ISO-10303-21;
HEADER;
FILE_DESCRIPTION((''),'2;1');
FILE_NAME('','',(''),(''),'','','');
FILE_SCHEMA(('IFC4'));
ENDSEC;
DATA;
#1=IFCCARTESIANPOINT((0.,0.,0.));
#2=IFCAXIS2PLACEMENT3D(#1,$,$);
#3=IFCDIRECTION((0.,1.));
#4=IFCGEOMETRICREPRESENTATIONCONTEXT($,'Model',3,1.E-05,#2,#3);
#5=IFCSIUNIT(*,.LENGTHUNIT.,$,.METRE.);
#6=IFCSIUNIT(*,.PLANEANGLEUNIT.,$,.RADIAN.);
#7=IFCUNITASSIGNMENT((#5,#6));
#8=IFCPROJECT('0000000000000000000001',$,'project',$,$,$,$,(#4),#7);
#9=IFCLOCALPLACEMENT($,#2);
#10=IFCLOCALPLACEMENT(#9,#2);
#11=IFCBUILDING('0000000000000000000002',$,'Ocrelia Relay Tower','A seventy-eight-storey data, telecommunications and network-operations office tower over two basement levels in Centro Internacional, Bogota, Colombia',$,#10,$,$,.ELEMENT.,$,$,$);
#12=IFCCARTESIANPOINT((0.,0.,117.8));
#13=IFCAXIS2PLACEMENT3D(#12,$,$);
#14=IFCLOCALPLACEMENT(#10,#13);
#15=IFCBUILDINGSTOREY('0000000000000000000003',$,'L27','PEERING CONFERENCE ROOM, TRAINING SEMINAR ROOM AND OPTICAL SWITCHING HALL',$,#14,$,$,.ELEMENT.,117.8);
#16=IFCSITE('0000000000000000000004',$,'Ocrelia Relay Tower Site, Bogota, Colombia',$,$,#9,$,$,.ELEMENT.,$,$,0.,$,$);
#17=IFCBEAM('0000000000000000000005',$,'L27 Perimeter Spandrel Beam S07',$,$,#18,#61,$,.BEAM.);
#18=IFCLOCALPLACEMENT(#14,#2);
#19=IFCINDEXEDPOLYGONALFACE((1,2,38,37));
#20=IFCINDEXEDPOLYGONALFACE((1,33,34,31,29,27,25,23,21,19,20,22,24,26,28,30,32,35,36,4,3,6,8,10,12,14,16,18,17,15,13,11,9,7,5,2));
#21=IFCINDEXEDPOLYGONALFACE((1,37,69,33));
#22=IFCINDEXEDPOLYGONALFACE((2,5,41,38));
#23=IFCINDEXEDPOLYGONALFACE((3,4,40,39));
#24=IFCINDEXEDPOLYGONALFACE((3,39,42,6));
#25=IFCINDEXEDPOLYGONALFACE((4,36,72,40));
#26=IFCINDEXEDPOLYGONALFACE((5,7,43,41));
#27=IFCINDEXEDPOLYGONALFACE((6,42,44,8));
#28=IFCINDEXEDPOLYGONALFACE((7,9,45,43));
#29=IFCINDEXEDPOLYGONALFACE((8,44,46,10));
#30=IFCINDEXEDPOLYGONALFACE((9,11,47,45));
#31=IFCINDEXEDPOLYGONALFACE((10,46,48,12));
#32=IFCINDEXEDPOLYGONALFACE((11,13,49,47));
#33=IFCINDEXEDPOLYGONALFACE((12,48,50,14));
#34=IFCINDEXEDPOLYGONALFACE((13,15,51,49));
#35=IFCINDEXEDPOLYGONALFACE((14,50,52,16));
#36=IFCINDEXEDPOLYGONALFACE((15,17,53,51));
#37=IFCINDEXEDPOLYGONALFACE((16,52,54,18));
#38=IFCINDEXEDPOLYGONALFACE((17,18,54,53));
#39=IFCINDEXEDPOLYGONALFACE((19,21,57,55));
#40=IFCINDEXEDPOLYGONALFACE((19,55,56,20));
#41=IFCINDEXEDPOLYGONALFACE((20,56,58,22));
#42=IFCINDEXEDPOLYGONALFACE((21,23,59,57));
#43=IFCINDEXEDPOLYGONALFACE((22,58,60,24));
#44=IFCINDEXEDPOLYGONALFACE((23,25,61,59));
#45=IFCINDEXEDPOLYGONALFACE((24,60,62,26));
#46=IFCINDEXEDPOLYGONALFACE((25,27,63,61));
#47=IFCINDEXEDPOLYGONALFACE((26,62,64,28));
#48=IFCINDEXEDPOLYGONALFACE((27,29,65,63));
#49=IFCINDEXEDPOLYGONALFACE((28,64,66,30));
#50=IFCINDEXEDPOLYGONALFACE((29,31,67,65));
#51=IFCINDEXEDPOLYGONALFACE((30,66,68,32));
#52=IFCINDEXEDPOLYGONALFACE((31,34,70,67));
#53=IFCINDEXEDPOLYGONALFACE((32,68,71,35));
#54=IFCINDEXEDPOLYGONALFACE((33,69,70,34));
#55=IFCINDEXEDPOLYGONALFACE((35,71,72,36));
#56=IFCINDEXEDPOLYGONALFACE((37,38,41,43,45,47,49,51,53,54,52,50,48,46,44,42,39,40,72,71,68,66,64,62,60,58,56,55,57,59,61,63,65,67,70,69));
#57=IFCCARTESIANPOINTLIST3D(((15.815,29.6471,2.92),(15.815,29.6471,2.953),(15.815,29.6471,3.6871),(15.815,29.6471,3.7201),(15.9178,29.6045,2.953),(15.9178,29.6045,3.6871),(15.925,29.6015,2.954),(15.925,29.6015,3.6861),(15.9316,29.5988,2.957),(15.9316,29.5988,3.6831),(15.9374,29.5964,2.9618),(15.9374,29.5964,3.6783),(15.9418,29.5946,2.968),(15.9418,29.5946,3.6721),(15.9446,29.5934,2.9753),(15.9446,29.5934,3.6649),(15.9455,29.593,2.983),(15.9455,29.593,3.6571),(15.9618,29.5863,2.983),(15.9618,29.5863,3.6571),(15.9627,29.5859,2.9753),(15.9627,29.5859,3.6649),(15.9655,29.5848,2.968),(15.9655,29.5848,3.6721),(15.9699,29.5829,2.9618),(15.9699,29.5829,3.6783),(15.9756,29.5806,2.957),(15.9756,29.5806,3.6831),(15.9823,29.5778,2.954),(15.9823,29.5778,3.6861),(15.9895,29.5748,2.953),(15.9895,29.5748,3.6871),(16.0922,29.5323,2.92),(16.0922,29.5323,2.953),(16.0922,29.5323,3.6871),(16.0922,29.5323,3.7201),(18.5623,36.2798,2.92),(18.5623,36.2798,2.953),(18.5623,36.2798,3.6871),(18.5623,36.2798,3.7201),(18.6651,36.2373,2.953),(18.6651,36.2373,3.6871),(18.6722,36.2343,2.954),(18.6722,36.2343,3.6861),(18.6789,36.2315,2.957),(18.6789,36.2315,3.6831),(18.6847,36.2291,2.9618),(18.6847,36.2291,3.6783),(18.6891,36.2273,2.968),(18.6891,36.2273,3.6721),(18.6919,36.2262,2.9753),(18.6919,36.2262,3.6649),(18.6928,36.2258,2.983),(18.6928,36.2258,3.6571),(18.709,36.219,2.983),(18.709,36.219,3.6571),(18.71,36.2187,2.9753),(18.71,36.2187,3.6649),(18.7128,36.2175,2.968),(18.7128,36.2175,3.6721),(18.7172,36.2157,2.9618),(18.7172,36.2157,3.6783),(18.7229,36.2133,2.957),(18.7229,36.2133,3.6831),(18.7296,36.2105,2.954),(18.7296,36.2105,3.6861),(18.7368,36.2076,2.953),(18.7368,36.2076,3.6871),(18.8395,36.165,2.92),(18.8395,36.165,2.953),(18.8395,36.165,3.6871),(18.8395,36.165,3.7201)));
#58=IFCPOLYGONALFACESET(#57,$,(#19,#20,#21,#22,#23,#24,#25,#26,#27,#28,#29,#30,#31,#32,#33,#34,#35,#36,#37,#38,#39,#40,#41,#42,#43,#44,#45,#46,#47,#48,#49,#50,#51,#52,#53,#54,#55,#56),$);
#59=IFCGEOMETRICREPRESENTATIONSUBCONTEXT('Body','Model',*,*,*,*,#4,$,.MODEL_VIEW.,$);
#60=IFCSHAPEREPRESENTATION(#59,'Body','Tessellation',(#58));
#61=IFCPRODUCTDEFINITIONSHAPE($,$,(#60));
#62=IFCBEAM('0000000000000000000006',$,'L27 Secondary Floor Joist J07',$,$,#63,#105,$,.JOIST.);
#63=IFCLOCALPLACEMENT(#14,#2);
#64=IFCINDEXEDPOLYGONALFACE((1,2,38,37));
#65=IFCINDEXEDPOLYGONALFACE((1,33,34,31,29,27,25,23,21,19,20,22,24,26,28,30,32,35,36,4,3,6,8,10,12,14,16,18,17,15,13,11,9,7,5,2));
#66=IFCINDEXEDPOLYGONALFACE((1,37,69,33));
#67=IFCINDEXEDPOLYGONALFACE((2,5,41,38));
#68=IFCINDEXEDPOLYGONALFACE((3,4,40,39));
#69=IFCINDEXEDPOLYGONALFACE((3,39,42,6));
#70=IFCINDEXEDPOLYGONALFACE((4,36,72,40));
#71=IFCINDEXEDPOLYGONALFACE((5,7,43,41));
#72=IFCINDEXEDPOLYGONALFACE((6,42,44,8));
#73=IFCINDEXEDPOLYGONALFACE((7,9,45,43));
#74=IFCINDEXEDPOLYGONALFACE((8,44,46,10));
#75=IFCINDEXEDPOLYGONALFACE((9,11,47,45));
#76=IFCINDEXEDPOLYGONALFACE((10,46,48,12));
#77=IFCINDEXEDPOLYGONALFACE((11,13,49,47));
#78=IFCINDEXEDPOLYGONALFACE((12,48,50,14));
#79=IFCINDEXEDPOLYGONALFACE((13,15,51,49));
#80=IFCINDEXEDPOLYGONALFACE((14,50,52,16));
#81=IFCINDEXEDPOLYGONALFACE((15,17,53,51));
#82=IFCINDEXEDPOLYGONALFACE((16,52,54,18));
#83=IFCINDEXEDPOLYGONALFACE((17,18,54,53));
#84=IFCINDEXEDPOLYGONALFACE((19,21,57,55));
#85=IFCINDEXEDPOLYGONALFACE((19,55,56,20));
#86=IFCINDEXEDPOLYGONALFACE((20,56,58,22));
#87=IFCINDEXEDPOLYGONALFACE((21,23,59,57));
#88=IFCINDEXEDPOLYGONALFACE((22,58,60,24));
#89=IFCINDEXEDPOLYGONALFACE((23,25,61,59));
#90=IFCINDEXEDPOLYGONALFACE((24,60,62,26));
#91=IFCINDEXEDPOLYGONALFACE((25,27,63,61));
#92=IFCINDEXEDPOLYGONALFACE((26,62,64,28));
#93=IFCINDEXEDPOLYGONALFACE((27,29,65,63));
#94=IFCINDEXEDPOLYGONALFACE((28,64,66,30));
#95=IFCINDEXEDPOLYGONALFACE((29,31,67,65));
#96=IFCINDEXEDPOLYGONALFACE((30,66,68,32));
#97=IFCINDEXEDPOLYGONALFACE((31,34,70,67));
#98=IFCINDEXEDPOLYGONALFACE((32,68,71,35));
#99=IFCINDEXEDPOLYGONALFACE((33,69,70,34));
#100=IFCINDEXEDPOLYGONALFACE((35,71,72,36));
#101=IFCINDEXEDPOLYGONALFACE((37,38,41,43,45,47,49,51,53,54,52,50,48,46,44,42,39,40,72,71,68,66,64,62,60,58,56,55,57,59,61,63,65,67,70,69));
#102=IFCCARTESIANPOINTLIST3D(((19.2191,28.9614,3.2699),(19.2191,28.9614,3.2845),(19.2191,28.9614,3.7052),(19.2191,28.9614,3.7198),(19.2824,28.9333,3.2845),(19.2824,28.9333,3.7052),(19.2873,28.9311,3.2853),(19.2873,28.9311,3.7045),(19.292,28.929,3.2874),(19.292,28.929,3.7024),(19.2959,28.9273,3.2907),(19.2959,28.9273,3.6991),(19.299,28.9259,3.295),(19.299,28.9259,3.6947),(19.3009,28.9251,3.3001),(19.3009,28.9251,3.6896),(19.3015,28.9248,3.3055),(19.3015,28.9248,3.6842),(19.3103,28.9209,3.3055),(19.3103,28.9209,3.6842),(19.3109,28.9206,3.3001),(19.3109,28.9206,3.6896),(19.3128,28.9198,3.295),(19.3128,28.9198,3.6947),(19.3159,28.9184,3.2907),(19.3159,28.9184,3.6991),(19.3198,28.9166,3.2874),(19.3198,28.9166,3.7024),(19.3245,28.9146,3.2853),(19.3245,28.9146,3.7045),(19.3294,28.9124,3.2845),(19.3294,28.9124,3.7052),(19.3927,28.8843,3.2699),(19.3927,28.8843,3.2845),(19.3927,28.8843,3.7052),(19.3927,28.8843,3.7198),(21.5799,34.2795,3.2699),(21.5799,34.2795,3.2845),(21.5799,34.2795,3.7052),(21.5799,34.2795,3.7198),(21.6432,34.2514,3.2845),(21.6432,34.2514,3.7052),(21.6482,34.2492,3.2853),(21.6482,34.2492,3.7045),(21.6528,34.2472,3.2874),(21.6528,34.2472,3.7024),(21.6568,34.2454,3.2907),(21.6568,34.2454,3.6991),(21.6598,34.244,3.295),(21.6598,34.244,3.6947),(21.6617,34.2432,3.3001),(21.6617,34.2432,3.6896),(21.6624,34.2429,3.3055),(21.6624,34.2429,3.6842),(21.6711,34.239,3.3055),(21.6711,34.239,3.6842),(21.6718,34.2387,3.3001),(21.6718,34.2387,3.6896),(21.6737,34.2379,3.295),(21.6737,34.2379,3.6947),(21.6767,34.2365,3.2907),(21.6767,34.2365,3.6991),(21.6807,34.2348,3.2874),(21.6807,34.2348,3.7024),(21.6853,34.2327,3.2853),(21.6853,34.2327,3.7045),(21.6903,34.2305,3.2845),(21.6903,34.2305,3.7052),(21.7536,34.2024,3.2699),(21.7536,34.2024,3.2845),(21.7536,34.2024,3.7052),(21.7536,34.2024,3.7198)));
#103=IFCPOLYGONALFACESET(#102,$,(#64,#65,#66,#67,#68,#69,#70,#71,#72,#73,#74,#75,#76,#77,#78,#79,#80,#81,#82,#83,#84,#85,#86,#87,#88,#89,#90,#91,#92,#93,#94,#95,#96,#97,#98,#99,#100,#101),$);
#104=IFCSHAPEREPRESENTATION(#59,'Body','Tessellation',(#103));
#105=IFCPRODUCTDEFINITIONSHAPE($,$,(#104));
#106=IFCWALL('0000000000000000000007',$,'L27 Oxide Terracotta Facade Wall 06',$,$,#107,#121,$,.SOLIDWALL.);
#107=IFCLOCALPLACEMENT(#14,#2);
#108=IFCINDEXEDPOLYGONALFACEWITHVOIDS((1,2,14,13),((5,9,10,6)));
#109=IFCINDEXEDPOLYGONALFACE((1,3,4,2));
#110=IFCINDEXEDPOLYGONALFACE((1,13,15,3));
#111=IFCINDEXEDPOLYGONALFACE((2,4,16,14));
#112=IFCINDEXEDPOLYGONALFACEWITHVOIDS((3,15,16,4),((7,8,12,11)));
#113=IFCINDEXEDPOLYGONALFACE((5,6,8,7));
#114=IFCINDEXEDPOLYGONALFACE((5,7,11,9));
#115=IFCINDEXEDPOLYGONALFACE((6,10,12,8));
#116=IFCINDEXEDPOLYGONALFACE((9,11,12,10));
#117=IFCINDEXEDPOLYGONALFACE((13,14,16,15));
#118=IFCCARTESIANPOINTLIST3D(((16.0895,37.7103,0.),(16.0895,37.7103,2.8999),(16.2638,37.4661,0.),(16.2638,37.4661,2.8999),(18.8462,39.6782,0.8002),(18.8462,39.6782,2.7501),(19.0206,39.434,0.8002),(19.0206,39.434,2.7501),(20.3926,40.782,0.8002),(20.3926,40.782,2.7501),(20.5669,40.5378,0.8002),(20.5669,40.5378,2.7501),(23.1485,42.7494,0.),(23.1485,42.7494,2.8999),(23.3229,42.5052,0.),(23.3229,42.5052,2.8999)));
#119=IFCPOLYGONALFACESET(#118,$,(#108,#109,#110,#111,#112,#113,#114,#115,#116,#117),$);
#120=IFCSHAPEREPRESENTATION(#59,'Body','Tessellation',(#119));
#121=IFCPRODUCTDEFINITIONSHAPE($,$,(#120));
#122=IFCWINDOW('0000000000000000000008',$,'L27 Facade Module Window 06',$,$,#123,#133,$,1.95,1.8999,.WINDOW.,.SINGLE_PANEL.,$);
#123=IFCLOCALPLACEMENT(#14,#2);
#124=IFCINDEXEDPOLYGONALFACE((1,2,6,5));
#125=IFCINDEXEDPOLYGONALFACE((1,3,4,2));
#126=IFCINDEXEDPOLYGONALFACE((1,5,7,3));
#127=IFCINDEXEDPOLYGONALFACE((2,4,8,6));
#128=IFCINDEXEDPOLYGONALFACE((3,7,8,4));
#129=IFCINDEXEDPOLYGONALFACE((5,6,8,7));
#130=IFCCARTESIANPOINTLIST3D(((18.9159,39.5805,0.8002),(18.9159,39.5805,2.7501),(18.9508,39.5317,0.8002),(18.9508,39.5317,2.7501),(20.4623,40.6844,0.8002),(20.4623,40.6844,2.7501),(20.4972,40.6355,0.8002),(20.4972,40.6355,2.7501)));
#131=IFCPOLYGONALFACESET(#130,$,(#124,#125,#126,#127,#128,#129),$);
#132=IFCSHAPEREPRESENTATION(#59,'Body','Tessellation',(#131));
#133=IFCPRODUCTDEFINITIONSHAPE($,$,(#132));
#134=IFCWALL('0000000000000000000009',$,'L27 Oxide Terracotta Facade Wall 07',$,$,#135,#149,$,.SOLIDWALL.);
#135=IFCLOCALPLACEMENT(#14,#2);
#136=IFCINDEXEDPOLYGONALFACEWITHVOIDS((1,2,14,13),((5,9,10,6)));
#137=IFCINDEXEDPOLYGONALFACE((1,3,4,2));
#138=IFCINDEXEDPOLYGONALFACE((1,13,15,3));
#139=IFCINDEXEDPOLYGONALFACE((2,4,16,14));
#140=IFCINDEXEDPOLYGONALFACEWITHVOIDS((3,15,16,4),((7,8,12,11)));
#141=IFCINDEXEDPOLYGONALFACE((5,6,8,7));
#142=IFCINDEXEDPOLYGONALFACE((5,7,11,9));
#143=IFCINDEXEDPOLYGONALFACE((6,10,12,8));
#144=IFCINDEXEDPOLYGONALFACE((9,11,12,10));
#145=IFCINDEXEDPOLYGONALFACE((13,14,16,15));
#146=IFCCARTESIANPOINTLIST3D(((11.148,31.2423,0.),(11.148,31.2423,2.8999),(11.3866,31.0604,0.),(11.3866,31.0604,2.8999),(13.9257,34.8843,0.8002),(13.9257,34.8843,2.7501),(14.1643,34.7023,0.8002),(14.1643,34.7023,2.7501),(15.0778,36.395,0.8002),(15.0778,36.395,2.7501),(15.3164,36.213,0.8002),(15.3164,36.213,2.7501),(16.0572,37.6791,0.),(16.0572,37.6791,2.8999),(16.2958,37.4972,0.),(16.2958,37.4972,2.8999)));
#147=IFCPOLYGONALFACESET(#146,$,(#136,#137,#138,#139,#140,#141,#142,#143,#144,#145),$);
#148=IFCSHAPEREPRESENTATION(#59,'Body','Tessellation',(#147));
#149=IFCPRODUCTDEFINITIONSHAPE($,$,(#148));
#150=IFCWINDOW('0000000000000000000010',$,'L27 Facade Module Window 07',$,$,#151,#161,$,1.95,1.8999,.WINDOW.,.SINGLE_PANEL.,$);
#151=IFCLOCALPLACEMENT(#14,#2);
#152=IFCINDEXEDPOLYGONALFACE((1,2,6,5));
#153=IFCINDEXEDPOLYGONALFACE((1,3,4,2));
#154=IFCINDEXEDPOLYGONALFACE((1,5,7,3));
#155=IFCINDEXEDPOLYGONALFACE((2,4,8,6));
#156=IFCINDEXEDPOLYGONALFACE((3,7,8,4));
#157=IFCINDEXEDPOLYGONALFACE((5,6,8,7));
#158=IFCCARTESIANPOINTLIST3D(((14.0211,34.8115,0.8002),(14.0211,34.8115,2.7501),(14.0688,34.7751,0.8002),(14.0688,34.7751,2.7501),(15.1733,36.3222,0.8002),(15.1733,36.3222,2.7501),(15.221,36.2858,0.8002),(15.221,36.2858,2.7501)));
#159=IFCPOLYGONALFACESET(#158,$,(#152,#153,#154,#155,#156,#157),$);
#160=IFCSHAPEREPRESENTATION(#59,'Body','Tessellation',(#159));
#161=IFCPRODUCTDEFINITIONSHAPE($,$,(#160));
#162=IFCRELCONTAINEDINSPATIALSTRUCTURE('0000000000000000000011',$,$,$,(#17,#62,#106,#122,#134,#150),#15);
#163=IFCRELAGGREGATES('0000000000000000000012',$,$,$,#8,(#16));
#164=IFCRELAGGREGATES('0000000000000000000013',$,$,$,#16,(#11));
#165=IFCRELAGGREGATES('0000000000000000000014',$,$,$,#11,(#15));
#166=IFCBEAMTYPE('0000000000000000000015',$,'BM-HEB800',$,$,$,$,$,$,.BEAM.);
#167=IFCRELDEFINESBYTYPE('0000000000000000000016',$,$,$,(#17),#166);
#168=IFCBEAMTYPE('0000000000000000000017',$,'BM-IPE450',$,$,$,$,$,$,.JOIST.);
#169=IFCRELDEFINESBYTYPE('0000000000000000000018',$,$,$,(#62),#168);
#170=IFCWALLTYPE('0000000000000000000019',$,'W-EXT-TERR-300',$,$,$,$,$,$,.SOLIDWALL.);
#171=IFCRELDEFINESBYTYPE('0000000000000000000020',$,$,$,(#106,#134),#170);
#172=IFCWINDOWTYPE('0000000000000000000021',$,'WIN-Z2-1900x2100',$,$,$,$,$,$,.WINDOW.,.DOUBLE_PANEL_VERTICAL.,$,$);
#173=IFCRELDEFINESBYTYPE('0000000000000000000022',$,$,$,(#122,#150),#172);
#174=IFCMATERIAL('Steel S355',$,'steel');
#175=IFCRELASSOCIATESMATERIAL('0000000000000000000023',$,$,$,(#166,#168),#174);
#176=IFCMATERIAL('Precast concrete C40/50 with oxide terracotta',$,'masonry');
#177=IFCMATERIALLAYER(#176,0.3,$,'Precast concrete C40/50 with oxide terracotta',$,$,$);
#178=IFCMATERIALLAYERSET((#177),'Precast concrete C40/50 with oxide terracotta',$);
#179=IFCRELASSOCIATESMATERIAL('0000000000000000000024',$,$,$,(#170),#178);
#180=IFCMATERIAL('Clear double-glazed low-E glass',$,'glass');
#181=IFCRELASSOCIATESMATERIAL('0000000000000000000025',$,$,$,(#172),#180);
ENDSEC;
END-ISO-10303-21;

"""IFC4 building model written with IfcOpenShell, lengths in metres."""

from ifc_helpers import new_model, si_unit, direction, frame, frame_2d, origin, origin_2d, place, context, subcontext, project, spatial, rectangle, i_section, extrude, material, layer, layer_set, material_profile, profile_set, type_object, element, fill, save


model = new_model("IFC4")

# Units and contexts
model_context = context("Model", 3, precision=1e-05, world=origin(), true_north=direction((0.0, 1.0)))
body_context = subcontext(model_context, "Body", "Model", "MODEL_VIEW")
ifc_project = project(units=[si_unit("LENGTHUNIT", "METRE"), si_unit("PLANEANGLEUNIT", "RADIAN")], contexts=[model_context])

# Site, building, storey
site_placement = place(None, origin())
site = spatial("IfcSite", under=ifc_project, at=site_placement, Name="Ocrelia Relay Tower Site, Bogota, Colombia", CompositionType="ELEMENT", RefElevation=0.0)
building_placement = place(site_placement, origin())
building = spatial("IfcBuilding", under=site, at=building_placement, Name="Ocrelia Relay Tower", Description="A seventy-eight-storey data, telecommunications and network-operations office tower over two basement levels in Centro Internacional, Bogota, Colombia", CompositionType="ELEMENT")
storey_placement = place(building_placement, frame((0.0, 0.0, 117.8)))
storey = spatial("IfcBuildingStorey", under=building, at=storey_placement, Name="L27", Description="PEERING CONFERENCE ROOM, TRAINING SEMINAR ROOM AND OPTICAL SWITCHING HALL", CompositionType="ELEMENT", Elevation=117.8)

# Beams
ifc_material_1 = material(Name="Steel S355", Category="steel")
ifc_material_profile_1 = material_profile(ifc_material_1, i_section(OverallWidth=0.3, OverallDepth=0.8, WebThickness=0.0176, FlangeThickness=0.033, FilletRadius=0.03, at=origin_2d()), Name="HEB 800")
ifc_profile_set_1 = profile_set([ifc_material_profile_1], Name="Steel S355")
beam_type_1 = type_object("IfcBeamType", Name="BM-HEB800", PredefinedType="BEAM", material=ifc_profile_set_1)
beam_1_placement = place(storey_placement, frame((18.7009, 36.2224, 3.3201), z_axis=(-0.382673, -0.923884, 0.0), x_axis=(0.923884, -0.382673, 0.0)))
element("IfcBeam", 1, at=beam_1_placement, inside=storey, type_object=beam_type_1, Name="L27 Perimeter Spandrel Beam S07", PredefinedType="BEAM", context=body_context, shape_type="SweptSolid", body=[
    extrude(i_section(OverallWidth=0.3, OverallDepth=0.8, WebThickness=0.0176, FlangeThickness=0.033, FilletRadius=0.03, at=origin_2d()), origin(), (0.0, 0.0, 1.0), 7.1792),
])
ifc_material_profile_2 = material_profile(ifc_material_1, i_section(OverallWidth=0.1899, OverallDepth=0.45, WebThickness=0.0095, FlangeThickness=0.0146, FilletRadius=0.021, at=origin_2d()), Name="IPE 450")
ifc_profile_set_2 = profile_set([ifc_material_profile_2], Name="Steel S355")
beam_type_2 = type_object("IfcBeamType", Name="BM-IPE450", PredefinedType="JOIST", material=ifc_profile_set_2)
beam_2_placement = place(storey_placement, frame((21.6667, 34.241, 3.4949), z_axis=(-0.405741, -0.913988, 0.0), x_axis=(0.913988, -0.405741, 0.0)))
element("IfcBeam", 2, at=beam_2_placement, inside=storey, type_object=beam_type_2, Name="L27 Secondary Floor Joist J07", PredefinedType="JOIST", context=body_context, shape_type="SweptSolid", body=[
    extrude(i_section(OverallWidth=0.1899, OverallDepth=0.45, WebThickness=0.0095, FlangeThickness=0.0146, FilletRadius=0.021, at=origin_2d()), origin(), (0.0, 0.0, 1.0), 5.8186),
])

# Walls, openings, windows
ifc_material_2 = material(Name="Precast concrete C40/50 with oxide terracotta", Category="masonry")
ifc_layer_1 = layer(ifc_material_2, 0.3, Name="Precast concrete C40/50 with oxide terracotta")
ifc_layer_set_1 = layer_set([ifc_layer_1], Name="Precast concrete C40/50 with oxide terracotta")
wall_type_1 = type_object("IfcWallType", Name="W-EXT-TERR-300", PredefinedType="SOLIDWALL", material=ifc_layer_set_1)
wall_1_placement = place(storey_placement, frame((23.2356, 42.6272, 0.0), z_axis=(0.0, 0.0, 1.0), x_axis=(-0.813905, -0.580999, 0.0)))
wall_1 = element("IfcWall", 3, at=wall_1_placement, inside=storey, type_object=wall_type_1, Name="L27 Oxide Terracotta Facade Wall 06", PredefinedType="SOLIDWALL", context=body_context, shape_type="SweptSolid", body=[
    extrude(rectangle(XDim=8.6731, YDim=0.3, at=frame_2d((4.3364, 0.0))), origin(), (0.0, 0.0, 1.0), 2.8999),
])
opening_1_placement = place(wall_1_placement, frame((3.386, 0.0, 0.8)))
opening_1 = element("IfcOpeningElement", 4, at=opening_1_placement, cuts=wall_1, PredefinedType="OPENING", context=body_context, shape_type="SweptSolid", body=[
    extrude(rectangle(XDim=1.8999, YDim=1.95, at=frame_2d((0.95, 0.9751))), frame((0.0, 0.1602, 0.0), z_axis=(0.0, -1.0, 0.0), x_axis=(1.0, 0.0, 0.0)), (0.0, 0.0, 1.0), 0.3201),
])
ifc_material_3 = material(Name="Clear double-glazed low-E glass", Category="glass")
window_type = type_object("IfcWindowType", Name="WIN-Z2-1900x2100", PartitioningType="DOUBLE_PANEL_VERTICAL", PredefinedType="WINDOW", material=ifc_material_3)
window_1_placement = place(opening_1_placement, origin())
window_1 = element("IfcWindow", 5, at=window_1_placement, inside=storey, type_object=window_type, Name="L27 Facade Module Window 06", OverallHeight=1.95, OverallWidth=1.8999, PartitioningType="SINGLE_PANEL", PredefinedType="WINDOW", context=body_context, shape_type="SweptSolid", body=[
    extrude(rectangle(XDim=1.8999, YDim=1.95, at=frame_2d((0.95, 0.9751))), frame((0.0, 0.03, 0.0), z_axis=(0.0, -1.0, 0.0), x_axis=(1.0, 0.0, 0.0)), (0.0, 0.0, 1.0), 0.0601),
])
fill(opening_1, window_1)
wall_2_placement = place(storey_placement, frame((16.1765, 37.5881, 0.0), z_axis=(0.0, 0.0, 1.0), x_axis=(-0.606432, -0.795135, 0.0)))
wall_2 = element("IfcWall", 6, at=wall_2_placement, inside=storey, type_object=wall_type_1, Name="L27 Oxide Terracotta Facade Wall 07", PredefinedType="SOLIDWALL", context=body_context, shape_type="SweptSolid", body=[
    extrude(rectangle(XDim=8.0952, YDim=0.3, at=frame_2d((4.0476, 0.0))), origin(), (0.0, 0.0, 1.0), 2.8999),
])
opening_2_placement = place(wall_2_placement, frame((1.615, 0.0, 0.8)))
opening_2 = element("IfcOpeningElement", 7, at=opening_2_placement, cuts=wall_2, PredefinedType="OPENING", context=body_context, shape_type="SweptSolid", body=[
    extrude(rectangle(XDim=1.8999, YDim=1.95, at=frame_2d((0.95, 0.9751))), frame((0.0, 0.1602, 0.0), z_axis=(0.0, -1.0, 0.0), x_axis=(1.0, 0.0, 0.0)), (0.0, 0.0, 1.0), 0.3201),
])
window_2_placement = place(opening_2_placement, origin())
window_2 = element("IfcWindow", 8, at=window_2_placement, inside=storey, type_object=window_type, Name="L27 Facade Module Window 07", OverallHeight=1.95, OverallWidth=1.8999, PartitioningType="SINGLE_PANEL", PredefinedType="WINDOW", context=body_context, shape_type="SweptSolid", body=[
    extrude(rectangle(XDim=1.8999, YDim=1.95, at=frame_2d((0.95, 0.9751))), frame((0.0, 0.03, 0.0), z_axis=(0.0, -1.0, 0.0), x_axis=(1.0, 0.0, 0.0)), (0.0, 0.0, 1.0), 0.0601),
])
fill(opening_2, window_2)

save(model, "model.ifc")
